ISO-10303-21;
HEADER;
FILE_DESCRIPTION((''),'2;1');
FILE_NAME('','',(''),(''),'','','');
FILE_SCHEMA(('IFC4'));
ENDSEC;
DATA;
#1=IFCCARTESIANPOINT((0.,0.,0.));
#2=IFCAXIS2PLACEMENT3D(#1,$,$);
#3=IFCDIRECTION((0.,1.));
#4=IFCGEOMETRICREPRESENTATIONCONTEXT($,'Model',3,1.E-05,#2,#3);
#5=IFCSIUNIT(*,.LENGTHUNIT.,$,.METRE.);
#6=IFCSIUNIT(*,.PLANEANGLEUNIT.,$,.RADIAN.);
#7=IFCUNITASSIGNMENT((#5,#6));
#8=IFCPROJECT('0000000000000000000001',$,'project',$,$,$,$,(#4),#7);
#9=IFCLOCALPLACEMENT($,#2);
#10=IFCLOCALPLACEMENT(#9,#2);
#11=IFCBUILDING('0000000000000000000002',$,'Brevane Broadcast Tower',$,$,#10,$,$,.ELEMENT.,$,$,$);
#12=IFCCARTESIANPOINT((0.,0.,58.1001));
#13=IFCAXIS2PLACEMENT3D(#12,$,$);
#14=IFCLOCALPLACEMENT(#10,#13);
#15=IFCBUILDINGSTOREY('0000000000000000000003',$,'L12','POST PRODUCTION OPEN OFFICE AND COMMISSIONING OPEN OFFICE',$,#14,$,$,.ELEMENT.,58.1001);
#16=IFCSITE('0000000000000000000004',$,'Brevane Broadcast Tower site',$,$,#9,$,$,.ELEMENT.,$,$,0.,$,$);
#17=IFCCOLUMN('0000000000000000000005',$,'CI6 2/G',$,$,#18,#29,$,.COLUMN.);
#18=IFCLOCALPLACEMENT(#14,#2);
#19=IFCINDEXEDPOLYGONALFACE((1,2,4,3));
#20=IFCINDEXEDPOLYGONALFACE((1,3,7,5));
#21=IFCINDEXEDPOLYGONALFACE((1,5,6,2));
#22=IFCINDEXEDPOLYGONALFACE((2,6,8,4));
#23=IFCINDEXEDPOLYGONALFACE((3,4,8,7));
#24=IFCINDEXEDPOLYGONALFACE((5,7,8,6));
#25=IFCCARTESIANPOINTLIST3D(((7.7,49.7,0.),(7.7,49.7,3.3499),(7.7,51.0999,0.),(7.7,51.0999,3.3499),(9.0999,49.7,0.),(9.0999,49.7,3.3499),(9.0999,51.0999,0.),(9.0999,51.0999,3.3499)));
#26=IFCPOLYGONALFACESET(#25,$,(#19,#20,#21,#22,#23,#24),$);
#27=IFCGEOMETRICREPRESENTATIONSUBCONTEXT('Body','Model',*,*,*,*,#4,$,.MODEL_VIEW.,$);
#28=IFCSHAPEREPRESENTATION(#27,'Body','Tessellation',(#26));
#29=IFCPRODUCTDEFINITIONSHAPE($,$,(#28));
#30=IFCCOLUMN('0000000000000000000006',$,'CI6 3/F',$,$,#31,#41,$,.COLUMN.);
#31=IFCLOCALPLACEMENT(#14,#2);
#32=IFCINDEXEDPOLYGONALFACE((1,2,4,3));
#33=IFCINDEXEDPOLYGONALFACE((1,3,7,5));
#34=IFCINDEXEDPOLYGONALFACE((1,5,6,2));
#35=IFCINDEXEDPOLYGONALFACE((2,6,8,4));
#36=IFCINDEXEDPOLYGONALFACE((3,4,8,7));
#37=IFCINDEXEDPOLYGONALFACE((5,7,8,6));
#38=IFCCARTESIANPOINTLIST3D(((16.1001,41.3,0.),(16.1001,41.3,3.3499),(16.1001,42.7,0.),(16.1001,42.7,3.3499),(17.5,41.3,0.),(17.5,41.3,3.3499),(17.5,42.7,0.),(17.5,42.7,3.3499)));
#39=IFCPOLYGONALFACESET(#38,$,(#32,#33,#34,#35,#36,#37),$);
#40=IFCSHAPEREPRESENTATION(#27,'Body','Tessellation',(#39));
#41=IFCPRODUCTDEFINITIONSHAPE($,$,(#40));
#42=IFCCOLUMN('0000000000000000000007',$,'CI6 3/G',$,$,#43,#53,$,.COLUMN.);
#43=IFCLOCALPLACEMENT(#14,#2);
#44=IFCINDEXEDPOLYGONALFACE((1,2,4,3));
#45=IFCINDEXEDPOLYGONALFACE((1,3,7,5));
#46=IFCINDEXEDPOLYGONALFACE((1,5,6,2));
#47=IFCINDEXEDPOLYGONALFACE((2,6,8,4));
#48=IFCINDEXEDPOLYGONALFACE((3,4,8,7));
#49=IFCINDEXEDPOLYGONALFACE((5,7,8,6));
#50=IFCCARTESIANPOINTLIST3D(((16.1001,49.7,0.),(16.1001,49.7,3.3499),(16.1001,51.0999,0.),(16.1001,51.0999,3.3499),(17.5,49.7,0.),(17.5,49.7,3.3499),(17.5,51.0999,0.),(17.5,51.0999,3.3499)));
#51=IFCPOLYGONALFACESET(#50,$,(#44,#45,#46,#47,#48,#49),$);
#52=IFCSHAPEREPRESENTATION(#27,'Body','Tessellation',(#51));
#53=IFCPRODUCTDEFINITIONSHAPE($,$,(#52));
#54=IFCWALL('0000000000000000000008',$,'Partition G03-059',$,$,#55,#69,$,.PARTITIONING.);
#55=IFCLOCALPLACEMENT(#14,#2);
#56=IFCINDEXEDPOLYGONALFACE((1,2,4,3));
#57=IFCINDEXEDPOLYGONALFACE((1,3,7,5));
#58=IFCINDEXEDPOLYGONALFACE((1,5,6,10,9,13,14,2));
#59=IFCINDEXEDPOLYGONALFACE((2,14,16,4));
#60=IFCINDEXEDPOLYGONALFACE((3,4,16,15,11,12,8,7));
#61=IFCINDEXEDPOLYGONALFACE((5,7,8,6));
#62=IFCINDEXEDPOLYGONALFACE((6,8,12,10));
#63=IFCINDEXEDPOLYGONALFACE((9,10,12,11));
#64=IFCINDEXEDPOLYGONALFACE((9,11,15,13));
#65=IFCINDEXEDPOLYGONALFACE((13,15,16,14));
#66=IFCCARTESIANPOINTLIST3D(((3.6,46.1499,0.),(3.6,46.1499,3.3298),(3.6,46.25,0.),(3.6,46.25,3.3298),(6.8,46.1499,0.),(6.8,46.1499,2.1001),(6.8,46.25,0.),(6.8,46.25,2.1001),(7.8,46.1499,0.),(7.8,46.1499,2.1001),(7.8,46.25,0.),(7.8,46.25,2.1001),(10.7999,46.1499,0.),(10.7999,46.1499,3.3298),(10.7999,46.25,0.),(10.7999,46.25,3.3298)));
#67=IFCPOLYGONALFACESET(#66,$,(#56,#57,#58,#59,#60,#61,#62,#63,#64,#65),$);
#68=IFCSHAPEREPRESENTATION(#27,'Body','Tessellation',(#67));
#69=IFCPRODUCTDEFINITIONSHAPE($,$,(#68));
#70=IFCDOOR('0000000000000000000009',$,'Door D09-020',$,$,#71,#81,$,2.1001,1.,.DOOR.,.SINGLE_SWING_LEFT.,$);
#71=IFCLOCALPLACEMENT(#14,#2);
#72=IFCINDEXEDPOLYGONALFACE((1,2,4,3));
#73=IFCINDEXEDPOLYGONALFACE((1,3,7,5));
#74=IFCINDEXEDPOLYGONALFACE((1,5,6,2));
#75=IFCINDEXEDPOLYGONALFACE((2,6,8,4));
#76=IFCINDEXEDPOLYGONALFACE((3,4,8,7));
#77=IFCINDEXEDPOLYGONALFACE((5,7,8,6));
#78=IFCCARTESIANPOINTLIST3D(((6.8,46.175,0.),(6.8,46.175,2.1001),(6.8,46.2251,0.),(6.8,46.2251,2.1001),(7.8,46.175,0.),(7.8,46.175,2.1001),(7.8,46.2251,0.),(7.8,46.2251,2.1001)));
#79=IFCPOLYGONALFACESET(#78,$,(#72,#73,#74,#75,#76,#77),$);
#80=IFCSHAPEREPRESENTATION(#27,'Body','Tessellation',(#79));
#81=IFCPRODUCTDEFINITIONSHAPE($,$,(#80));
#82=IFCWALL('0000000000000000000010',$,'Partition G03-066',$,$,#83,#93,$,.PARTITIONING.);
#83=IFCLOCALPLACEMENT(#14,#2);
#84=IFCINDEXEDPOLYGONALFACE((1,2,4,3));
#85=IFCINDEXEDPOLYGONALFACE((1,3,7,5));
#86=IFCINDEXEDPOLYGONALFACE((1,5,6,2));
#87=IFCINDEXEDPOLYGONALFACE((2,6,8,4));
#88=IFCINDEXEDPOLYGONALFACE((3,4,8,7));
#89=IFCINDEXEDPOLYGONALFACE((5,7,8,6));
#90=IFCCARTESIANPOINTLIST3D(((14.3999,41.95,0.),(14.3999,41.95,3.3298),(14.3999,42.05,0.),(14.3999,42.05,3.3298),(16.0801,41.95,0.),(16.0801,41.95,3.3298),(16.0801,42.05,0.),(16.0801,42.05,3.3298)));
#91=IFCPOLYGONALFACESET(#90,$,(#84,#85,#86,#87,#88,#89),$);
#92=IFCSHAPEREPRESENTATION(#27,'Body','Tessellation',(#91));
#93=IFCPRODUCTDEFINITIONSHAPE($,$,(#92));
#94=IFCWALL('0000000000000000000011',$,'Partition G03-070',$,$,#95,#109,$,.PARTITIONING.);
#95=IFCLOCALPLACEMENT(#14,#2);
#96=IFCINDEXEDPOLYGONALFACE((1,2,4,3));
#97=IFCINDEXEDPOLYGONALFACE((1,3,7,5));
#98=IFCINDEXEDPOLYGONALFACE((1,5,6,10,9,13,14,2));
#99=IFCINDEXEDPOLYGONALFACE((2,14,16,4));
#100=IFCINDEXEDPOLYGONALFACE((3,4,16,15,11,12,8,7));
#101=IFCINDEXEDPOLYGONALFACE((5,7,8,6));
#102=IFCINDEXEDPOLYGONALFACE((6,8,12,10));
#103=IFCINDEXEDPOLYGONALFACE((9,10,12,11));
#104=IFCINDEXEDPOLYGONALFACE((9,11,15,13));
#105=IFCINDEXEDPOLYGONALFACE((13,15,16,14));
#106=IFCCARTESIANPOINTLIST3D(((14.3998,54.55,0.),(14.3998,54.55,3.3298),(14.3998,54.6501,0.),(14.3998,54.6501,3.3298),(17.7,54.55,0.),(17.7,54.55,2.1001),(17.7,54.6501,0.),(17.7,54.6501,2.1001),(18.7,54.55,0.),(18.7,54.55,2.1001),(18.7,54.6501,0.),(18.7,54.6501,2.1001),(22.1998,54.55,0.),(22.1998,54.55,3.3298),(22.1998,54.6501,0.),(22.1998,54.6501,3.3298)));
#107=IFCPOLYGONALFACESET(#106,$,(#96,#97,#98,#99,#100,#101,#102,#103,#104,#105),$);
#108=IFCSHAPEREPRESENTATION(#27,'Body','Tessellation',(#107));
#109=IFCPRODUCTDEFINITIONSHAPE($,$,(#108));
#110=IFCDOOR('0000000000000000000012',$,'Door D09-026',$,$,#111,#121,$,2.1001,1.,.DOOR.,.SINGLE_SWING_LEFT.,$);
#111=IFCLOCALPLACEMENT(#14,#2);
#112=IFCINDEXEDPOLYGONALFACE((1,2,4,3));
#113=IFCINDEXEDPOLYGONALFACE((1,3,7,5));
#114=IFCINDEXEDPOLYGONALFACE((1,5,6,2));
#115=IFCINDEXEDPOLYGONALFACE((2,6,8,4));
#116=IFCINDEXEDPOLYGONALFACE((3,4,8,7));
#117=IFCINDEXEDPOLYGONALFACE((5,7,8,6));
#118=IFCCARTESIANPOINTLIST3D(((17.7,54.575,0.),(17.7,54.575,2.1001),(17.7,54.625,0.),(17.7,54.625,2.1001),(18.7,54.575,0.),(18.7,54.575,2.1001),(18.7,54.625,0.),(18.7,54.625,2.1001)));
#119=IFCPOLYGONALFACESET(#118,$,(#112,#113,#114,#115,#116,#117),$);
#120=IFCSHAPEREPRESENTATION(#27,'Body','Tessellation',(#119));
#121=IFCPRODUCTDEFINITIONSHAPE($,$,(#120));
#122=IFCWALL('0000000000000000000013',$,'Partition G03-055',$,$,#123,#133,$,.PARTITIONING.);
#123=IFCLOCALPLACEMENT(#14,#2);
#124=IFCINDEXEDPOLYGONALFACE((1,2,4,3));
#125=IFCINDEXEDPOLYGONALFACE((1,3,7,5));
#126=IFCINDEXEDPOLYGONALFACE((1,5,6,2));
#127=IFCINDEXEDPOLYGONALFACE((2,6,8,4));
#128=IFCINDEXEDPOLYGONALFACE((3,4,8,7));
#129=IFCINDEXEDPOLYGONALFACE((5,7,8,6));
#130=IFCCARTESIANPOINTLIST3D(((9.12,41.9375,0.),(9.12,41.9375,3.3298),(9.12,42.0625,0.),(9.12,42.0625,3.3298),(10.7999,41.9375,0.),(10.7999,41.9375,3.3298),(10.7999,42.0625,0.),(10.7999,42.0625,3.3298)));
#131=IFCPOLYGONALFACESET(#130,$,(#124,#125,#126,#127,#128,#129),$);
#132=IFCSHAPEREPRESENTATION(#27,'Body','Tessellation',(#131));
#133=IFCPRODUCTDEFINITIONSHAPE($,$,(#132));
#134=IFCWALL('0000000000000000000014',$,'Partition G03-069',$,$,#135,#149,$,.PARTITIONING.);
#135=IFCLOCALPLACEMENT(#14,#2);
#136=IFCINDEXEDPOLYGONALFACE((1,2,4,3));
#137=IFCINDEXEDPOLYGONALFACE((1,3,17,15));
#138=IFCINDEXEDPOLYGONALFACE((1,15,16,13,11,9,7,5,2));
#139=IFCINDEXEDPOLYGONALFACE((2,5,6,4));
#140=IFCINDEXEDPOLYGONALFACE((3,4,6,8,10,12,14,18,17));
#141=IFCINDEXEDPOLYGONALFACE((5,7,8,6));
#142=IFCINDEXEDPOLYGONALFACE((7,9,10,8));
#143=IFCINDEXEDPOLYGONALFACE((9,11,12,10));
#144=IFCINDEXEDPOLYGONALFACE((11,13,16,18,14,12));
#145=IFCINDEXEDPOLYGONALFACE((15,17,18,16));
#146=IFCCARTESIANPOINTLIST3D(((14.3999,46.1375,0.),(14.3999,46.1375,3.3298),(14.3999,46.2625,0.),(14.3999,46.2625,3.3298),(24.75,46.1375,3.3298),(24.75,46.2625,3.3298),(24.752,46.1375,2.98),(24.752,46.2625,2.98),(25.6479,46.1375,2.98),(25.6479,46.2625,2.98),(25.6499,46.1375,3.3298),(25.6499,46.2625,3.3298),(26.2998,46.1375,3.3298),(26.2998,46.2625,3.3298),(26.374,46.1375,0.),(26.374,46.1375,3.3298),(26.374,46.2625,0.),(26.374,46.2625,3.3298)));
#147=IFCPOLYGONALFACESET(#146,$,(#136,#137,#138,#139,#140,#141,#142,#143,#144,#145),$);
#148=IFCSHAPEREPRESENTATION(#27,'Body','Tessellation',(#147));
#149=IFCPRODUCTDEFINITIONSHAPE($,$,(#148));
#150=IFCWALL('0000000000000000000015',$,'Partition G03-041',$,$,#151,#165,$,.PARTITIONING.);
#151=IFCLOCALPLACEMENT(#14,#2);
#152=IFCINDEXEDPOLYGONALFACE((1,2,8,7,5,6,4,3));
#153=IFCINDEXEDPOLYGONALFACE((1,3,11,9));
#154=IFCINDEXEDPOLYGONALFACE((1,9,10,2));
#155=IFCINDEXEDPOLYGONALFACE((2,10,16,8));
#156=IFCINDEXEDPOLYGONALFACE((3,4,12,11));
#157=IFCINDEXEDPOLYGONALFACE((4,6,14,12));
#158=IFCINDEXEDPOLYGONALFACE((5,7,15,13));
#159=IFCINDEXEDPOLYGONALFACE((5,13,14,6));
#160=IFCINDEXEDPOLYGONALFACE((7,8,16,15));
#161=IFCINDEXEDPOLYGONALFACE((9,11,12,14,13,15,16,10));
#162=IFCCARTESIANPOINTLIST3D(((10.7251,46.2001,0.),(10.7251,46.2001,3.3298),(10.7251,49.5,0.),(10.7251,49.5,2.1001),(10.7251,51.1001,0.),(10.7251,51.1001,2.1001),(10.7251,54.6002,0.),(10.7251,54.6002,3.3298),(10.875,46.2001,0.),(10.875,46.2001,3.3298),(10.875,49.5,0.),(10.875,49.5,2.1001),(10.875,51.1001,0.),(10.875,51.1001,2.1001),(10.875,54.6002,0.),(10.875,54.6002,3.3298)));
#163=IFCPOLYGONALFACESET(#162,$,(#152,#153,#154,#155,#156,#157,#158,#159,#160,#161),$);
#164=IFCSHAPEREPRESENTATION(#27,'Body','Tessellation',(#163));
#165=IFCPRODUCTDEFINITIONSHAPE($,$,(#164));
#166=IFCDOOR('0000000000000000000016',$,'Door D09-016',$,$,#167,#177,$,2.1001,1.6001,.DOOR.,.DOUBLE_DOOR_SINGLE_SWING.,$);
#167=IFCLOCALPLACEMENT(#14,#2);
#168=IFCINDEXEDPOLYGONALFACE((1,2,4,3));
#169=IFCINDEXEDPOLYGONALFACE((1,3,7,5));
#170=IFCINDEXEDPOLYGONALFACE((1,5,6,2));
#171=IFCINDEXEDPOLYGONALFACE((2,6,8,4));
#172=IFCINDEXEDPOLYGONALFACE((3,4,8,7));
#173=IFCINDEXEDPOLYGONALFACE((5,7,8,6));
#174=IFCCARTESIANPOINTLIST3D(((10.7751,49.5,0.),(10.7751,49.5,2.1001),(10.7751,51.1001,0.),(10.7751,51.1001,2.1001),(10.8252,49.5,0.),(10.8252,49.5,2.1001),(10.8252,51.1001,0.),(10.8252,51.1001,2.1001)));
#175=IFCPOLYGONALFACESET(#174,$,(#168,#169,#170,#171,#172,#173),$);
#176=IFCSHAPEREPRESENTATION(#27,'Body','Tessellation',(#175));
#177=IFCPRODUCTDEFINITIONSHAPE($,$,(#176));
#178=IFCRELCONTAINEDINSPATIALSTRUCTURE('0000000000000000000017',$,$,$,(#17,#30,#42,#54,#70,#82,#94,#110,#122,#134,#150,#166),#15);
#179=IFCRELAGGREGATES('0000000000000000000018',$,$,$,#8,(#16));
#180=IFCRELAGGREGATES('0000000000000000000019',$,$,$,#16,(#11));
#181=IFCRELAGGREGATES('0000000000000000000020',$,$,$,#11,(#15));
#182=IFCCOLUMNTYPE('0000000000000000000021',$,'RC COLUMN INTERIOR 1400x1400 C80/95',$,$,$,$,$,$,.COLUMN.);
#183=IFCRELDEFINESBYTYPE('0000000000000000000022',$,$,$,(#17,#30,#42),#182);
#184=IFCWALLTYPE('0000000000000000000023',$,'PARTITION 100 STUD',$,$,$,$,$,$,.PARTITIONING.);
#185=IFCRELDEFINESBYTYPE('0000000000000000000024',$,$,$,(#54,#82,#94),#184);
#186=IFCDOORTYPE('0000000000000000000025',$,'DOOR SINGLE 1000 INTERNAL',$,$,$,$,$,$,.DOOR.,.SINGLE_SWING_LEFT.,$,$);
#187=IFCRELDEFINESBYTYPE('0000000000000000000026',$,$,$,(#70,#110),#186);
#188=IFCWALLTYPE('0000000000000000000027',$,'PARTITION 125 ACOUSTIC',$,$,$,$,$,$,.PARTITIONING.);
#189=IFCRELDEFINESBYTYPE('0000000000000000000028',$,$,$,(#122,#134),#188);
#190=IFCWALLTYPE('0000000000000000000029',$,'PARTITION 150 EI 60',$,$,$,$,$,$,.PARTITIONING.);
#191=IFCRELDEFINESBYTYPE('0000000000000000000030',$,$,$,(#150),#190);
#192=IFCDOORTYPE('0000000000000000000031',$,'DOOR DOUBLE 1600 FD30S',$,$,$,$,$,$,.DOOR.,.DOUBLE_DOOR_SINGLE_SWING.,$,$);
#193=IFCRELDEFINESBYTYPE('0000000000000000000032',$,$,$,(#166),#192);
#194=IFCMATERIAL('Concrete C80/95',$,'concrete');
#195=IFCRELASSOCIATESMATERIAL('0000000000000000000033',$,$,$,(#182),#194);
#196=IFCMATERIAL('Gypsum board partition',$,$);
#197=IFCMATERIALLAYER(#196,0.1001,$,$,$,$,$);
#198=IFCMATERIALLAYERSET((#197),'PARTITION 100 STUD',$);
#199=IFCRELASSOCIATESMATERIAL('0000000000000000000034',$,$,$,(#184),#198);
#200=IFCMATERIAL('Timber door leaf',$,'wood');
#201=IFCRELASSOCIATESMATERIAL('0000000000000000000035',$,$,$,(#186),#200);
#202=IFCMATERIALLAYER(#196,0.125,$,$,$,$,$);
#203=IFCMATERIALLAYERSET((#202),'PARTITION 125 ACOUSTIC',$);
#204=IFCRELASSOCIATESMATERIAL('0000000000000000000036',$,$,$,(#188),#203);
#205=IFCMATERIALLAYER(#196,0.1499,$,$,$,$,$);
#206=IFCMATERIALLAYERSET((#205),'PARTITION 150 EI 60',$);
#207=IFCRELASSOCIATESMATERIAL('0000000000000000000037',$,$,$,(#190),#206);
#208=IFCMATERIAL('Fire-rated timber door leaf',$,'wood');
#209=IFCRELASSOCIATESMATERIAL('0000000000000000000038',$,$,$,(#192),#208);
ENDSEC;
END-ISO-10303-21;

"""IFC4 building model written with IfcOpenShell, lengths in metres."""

from ifc_helpers import new_model, si_unit, direction, frame, frame_2d, origin, origin_2d, place, context, subcontext, project, spatial, polyline, rectangle, outline, extrude, material, layer, layer_set, material_profile, profile_set, type_object, element, fill, save


model = new_model("IFC4")

# Units and contexts
model_context = context("Model", 3, precision=1e-05, world=origin(), true_north=direction((0.0, 1.0)))
body_context = subcontext(model_context, "Body", "Model", "MODEL_VIEW")
ifc_project = project(units=[si_unit("LENGTHUNIT", "METRE"), si_unit("PLANEANGLEUNIT", "RADIAN")], contexts=[model_context])

# Site, building, storey
site_placement = place(None, origin())
site = spatial("IfcSite", under=ifc_project, at=site_placement, Name="Brevane Broadcast Tower site", CompositionType="ELEMENT", RefElevation=0.0)
building_placement = place(site_placement, origin())
building = spatial("IfcBuilding", under=site, at=building_placement, Name="Brevane Broadcast Tower", CompositionType="ELEMENT")
storey_placement = place(building_placement, frame((0.0, 0.0, 58.1001)))
storey = spatial("IfcBuildingStorey", under=building, at=storey_placement, Name="L12", Description="POST PRODUCTION OPEN OFFICE AND COMMISSIONING OPEN OFFICE", CompositionType="ELEMENT", Elevation=58.1001)

# Columns
ifc_material_1 = material(Name="Concrete C80/95", Category="concrete")
ifc_material_profile = material_profile(ifc_material_1, rectangle(XDim=1.3999, YDim=1.3999, at=origin_2d()), Name="RC 1400x1400")
ifc_profile_set = profile_set([ifc_material_profile], Name="Concrete C80/95")
column_type = type_object("IfcColumnType", Name="RC COLUMN INTERIOR 1400x1400 C80/95", PredefinedType="COLUMN", material=ifc_profile_set)
for number, where, z_axis, x_axis, name in (
    (1, (8.3999, 50.3999, 0.0), (0.0, 0.0, 1.0), (1.0, 0.0, 0.0), "CI6 2/G"),
    (2, (16.8, 42.0, 0.0), (0.0, 0.0, 1.0), (1.0, 0.0, 0.0), "CI6 3/F"),
    (3, (16.8, 50.3999, 0.0), (0.0, 0.0, 1.0), (1.0, 0.0, 0.0), "CI6 3/G"),
):
    element("IfcColumn", number, at=place(storey_placement, frame(where, z_axis=z_axis, x_axis=x_axis)), inside=storey, type_object=column_type, Name=name, PredefinedType="COLUMN", context=body_context, shape_type="SweptSolid", body=[
        extrude(rectangle(XDim=1.3999, YDim=1.3999, at=origin_2d()), origin(), (0.0, 0.0, 1.0), 3.3499),
    ])

# Wall, opening, door
ifc_material_2 = material(Name="Gypsum board partition")
ifc_layer_1 = layer(ifc_material_2, 0.1001)
ifc_layer_set_1 = layer_set([ifc_layer_1], Name="PARTITION 100 STUD")
wall_type_1 = type_object("IfcWallType", Name="PARTITION 100 STUD", PredefinedType="PARTITIONING", material=ifc_layer_set_1)
wall_1_placement = place(storey_placement, frame((10.8, 46.2, 0.0), z_axis=(0.0, 0.0, 1.0), x_axis=(-1.0, 0.0, 0.0)))
wall_1 = element("IfcWall", 4, at=wall_1_placement, inside=storey, type_object=wall_type_1, Name="Partition G03-059", PredefinedType="PARTITIONING", context=body_context, shape_type="SweptSolid", body=[
    extrude(rectangle(XDim=7.2, YDim=0.1001, at=frame_2d((3.6001, 0.0))), origin(), (0.0, 0.0, 1.0), 3.3298),
])
opening_1_placement = place(wall_1_placement, frame((3.0, 0.0, 0.0)))
opening_1 = element("IfcOpeningElement", 5, at=opening_1_placement, cuts=wall_1, PredefinedType="OPENING", context=body_context, shape_type="SweptSolid", body=[
    extrude(rectangle(XDim=1.0, YDim=2.1001, at=frame_2d((0.5, 1.05))), frame((0.0, 0.0601, 0.0), z_axis=(0.0, -1.0, 0.0), x_axis=(1.0, 0.0, 0.0)), (0.0, 0.0, 1.0), 0.1201),
])
ifc_material_3 = material(Name="Timber door leaf", Category="wood")
door_type_1 = type_object("IfcDoorType", Name="DOOR SINGLE 1000 INTERNAL", OperationType="SINGLE_SWING_LEFT", PredefinedType="DOOR", material=ifc_material_3)
door_1_placement = place(opening_1_placement, origin())
door_1 = element("IfcDoor", 6, at=door_1_placement, inside=storey, type_object=door_type_1, Name="Door D09-020", OperationType="SINGLE_SWING_LEFT", OverallHeight=2.1001, OverallWidth=1.0, PredefinedType="DOOR", context=body_context, shape_type="SweptSolid", body=[
    extrude(rectangle(XDim=1.0, YDim=2.1001, at=frame_2d((0.5, 1.05))), frame((0.0, 0.0249, 0.0), z_axis=(0.0, -1.0, 0.0), x_axis=(1.0, 0.0, 0.0)), (0.0, 0.0, 1.0), 0.05),
])
fill(opening_1, door_1)

# Wall
wall_2_placement = place(storey_placement, frame((14.3999, 42.0, 0.0), z_axis=(0.0, 0.0, 1.0), x_axis=(1.0, 0.0, 0.0)))
element("IfcWall", 7, at=wall_2_placement, inside=storey, type_object=wall_type_1, Name="Partition G03-066", PredefinedType="PARTITIONING", context=body_context, shape_type="SweptSolid", body=[
    extrude(rectangle(XDim=1.6802, YDim=0.1001, at=frame_2d((0.8401, 0.0))), origin(), (0.0, 0.0, 1.0), 3.3298),
])

# Wall, opening, door
wall_3_placement = place(storey_placement, frame((14.3999, 54.6001, 0.0), z_axis=(0.0, 0.0, 1.0), x_axis=(1.0, 0.0, 0.0)))
wall_3 = element("IfcWall", 8, at=wall_3_placement, inside=storey, type_object=wall_type_1, Name="Partition G03-070", PredefinedType="PARTITIONING", context=body_context, shape_type="SweptSolid", body=[
    extrude(rectangle(XDim=7.8, YDim=0.1001, at=frame_2d((3.8999, 0.0))), origin(), (0.0, 0.0, 1.0), 3.3298),
])
opening_2_placement = place(wall_3_placement, frame((3.3, 0.0, 0.0)))
opening_2 = element("IfcOpeningElement", 9, at=opening_2_placement, cuts=wall_3, PredefinedType="OPENING", context=body_context, shape_type="SweptSolid", body=[
    extrude(rectangle(XDim=1.0, YDim=2.1001, at=frame_2d((0.5, 1.05))), frame((0.0, 0.0601, 0.0), z_axis=(0.0, -1.0, 0.0), x_axis=(1.0, 0.0, 0.0)), (0.0, 0.0, 1.0), 0.1201),
])
door_2_placement = place(opening_2_placement, origin())
door_2 = element("IfcDoor", 10, at=door_2_placement, inside=storey, type_object=door_type_1, Name="Door D09-026", OperationType="SINGLE_SWING_LEFT", OverallHeight=2.1001, OverallWidth=1.0, PredefinedType="DOOR", context=body_context, shape_type="SweptSolid", body=[
    extrude(rectangle(XDim=1.0, YDim=2.1001, at=frame_2d((0.5, 1.05))), frame((0.0, 0.0249, 0.0), z_axis=(0.0, -1.0, 0.0), x_axis=(1.0, 0.0, 0.0)), (0.0, 0.0, 1.0), 0.05),
])
fill(opening_2, door_2)

# Walls
ifc_layer_2 = layer(ifc_material_2, 0.125)
ifc_layer_set_2 = layer_set([ifc_layer_2], Name="PARTITION 125 ACOUSTIC")
wall_type_2 = type_object("IfcWallType", Name="PARTITION 125 ACOUSTIC", PredefinedType="PARTITIONING", material=ifc_layer_set_2)
wall_4_placement = place(storey_placement, frame((9.1201, 42.0, 0.0), z_axis=(0.0, 0.0, 1.0), x_axis=(1.0, 0.0, 0.0)))
element("IfcWall", 11, at=wall_4_placement, inside=storey, type_object=wall_type_2, Name="Partition G03-055", PredefinedType="PARTITIONING", context=body_context, shape_type="SweptSolid", body=[
    extrude(rectangle(XDim=1.6799, YDim=0.125, at=frame_2d((0.8398, 0.0))), origin(), (0.0, 0.0, 1.0), 3.3298),
])
wall_5_placement = place(storey_placement, frame((14.3999, 46.2, 0.0), z_axis=(0.0, 0.0, 1.0), x_axis=(1.0, 0.0, 0.0)))
element("IfcWall", 12, at=wall_5_placement, inside=storey, type_object=wall_type_2, Name="Partition G03-069", PredefinedType="PARTITIONING", context=body_context, shape_type="SweptSolid", body=[
    extrude(outline(polyline([(0.0, 0.0), (11.9741, 0.0), (11.9741, 3.3298), (11.8999, 3.3298), (11.25, 3.3298), (11.248, 2.98), (10.3521, 2.98), (10.3501, 3.3298), (0.0, 3.3298), (0.0, 0.0)])), frame((0.0, 0.0625, 0.0), z_axis=(0.0, -1.0, 0.0), x_axis=(1.0, 0.0, 0.0)), (0.0, 0.0, 1.0), 0.125),
])

# Wall, opening, door
ifc_layer_3 = layer(ifc_material_2, 0.1499)
ifc_layer_set_3 = layer_set([ifc_layer_3], Name="PARTITION 150 EI 60")
wall_type_3 = type_object("IfcWallType", Name="PARTITION 150 EI 60", PredefinedType="PARTITIONING", material=ifc_layer_set_3)
wall_6_placement = place(storey_placement, frame((10.8, 46.2, 0.0), z_axis=(0.0, 0.0, 1.0), x_axis=(0.0, 1.0, 0.0)))
wall_6 = element("IfcWall", 13, at=wall_6_placement, inside=storey, type_object=wall_type_3, Name="Partition G03-041", PredefinedType="PARTITIONING", context=body_context, shape_type="SweptSolid", body=[
    extrude(rectangle(XDim=8.4001, YDim=0.1499, at=frame_2d((4.2002, 0.0))), origin(), (0.0, 0.0, 1.0), 3.3298),
])
opening_3_placement = place(wall_6_placement, frame((3.3, 0.0, 0.0)))
opening_3 = element("IfcOpeningElement", 14, at=opening_3_placement, cuts=wall_6, PredefinedType="OPENING", context=body_context, shape_type="SweptSolid", body=[
    extrude(rectangle(XDim=1.6001, YDim=2.1001, at=frame_2d((0.8, 1.05))), frame((0.0, 0.085, 0.0), z_axis=(0.0, -1.0, 0.0), x_axis=(1.0, 0.0, 0.0)), (0.0, 0.0, 1.0), 0.1699),
])
ifc_material_4 = material(Name="Fire-rated timber door leaf", Category="wood")
door_type_2 = type_object("IfcDoorType", Name="DOOR DOUBLE 1600 FD30S", OperationType="DOUBLE_DOOR_SINGLE_SWING", PredefinedType="DOOR", material=ifc_material_4)
door_3_placement = place(opening_3_placement, origin())
door_3 = element("IfcDoor", 15, at=door_3_placement, inside=storey, type_object=door_type_2, Name="Door D09-016", OperationType="DOUBLE_DOOR_SINGLE_SWING", OverallHeight=2.1001, OverallWidth=1.6001, PredefinedType="DOOR", context=body_context, shape_type="SweptSolid", body=[
    extrude(rectangle(XDim=1.6001, YDim=2.1001, at=frame_2d((0.8, 1.05))), frame((0.0, 0.0249, 0.0), z_axis=(0.0, -1.0, 0.0), x_axis=(1.0, 0.0, 0.0)), (0.0, 0.0, 1.0), 0.05),
])
fill(opening_3, door_3)

save(model, "model.ifc")
